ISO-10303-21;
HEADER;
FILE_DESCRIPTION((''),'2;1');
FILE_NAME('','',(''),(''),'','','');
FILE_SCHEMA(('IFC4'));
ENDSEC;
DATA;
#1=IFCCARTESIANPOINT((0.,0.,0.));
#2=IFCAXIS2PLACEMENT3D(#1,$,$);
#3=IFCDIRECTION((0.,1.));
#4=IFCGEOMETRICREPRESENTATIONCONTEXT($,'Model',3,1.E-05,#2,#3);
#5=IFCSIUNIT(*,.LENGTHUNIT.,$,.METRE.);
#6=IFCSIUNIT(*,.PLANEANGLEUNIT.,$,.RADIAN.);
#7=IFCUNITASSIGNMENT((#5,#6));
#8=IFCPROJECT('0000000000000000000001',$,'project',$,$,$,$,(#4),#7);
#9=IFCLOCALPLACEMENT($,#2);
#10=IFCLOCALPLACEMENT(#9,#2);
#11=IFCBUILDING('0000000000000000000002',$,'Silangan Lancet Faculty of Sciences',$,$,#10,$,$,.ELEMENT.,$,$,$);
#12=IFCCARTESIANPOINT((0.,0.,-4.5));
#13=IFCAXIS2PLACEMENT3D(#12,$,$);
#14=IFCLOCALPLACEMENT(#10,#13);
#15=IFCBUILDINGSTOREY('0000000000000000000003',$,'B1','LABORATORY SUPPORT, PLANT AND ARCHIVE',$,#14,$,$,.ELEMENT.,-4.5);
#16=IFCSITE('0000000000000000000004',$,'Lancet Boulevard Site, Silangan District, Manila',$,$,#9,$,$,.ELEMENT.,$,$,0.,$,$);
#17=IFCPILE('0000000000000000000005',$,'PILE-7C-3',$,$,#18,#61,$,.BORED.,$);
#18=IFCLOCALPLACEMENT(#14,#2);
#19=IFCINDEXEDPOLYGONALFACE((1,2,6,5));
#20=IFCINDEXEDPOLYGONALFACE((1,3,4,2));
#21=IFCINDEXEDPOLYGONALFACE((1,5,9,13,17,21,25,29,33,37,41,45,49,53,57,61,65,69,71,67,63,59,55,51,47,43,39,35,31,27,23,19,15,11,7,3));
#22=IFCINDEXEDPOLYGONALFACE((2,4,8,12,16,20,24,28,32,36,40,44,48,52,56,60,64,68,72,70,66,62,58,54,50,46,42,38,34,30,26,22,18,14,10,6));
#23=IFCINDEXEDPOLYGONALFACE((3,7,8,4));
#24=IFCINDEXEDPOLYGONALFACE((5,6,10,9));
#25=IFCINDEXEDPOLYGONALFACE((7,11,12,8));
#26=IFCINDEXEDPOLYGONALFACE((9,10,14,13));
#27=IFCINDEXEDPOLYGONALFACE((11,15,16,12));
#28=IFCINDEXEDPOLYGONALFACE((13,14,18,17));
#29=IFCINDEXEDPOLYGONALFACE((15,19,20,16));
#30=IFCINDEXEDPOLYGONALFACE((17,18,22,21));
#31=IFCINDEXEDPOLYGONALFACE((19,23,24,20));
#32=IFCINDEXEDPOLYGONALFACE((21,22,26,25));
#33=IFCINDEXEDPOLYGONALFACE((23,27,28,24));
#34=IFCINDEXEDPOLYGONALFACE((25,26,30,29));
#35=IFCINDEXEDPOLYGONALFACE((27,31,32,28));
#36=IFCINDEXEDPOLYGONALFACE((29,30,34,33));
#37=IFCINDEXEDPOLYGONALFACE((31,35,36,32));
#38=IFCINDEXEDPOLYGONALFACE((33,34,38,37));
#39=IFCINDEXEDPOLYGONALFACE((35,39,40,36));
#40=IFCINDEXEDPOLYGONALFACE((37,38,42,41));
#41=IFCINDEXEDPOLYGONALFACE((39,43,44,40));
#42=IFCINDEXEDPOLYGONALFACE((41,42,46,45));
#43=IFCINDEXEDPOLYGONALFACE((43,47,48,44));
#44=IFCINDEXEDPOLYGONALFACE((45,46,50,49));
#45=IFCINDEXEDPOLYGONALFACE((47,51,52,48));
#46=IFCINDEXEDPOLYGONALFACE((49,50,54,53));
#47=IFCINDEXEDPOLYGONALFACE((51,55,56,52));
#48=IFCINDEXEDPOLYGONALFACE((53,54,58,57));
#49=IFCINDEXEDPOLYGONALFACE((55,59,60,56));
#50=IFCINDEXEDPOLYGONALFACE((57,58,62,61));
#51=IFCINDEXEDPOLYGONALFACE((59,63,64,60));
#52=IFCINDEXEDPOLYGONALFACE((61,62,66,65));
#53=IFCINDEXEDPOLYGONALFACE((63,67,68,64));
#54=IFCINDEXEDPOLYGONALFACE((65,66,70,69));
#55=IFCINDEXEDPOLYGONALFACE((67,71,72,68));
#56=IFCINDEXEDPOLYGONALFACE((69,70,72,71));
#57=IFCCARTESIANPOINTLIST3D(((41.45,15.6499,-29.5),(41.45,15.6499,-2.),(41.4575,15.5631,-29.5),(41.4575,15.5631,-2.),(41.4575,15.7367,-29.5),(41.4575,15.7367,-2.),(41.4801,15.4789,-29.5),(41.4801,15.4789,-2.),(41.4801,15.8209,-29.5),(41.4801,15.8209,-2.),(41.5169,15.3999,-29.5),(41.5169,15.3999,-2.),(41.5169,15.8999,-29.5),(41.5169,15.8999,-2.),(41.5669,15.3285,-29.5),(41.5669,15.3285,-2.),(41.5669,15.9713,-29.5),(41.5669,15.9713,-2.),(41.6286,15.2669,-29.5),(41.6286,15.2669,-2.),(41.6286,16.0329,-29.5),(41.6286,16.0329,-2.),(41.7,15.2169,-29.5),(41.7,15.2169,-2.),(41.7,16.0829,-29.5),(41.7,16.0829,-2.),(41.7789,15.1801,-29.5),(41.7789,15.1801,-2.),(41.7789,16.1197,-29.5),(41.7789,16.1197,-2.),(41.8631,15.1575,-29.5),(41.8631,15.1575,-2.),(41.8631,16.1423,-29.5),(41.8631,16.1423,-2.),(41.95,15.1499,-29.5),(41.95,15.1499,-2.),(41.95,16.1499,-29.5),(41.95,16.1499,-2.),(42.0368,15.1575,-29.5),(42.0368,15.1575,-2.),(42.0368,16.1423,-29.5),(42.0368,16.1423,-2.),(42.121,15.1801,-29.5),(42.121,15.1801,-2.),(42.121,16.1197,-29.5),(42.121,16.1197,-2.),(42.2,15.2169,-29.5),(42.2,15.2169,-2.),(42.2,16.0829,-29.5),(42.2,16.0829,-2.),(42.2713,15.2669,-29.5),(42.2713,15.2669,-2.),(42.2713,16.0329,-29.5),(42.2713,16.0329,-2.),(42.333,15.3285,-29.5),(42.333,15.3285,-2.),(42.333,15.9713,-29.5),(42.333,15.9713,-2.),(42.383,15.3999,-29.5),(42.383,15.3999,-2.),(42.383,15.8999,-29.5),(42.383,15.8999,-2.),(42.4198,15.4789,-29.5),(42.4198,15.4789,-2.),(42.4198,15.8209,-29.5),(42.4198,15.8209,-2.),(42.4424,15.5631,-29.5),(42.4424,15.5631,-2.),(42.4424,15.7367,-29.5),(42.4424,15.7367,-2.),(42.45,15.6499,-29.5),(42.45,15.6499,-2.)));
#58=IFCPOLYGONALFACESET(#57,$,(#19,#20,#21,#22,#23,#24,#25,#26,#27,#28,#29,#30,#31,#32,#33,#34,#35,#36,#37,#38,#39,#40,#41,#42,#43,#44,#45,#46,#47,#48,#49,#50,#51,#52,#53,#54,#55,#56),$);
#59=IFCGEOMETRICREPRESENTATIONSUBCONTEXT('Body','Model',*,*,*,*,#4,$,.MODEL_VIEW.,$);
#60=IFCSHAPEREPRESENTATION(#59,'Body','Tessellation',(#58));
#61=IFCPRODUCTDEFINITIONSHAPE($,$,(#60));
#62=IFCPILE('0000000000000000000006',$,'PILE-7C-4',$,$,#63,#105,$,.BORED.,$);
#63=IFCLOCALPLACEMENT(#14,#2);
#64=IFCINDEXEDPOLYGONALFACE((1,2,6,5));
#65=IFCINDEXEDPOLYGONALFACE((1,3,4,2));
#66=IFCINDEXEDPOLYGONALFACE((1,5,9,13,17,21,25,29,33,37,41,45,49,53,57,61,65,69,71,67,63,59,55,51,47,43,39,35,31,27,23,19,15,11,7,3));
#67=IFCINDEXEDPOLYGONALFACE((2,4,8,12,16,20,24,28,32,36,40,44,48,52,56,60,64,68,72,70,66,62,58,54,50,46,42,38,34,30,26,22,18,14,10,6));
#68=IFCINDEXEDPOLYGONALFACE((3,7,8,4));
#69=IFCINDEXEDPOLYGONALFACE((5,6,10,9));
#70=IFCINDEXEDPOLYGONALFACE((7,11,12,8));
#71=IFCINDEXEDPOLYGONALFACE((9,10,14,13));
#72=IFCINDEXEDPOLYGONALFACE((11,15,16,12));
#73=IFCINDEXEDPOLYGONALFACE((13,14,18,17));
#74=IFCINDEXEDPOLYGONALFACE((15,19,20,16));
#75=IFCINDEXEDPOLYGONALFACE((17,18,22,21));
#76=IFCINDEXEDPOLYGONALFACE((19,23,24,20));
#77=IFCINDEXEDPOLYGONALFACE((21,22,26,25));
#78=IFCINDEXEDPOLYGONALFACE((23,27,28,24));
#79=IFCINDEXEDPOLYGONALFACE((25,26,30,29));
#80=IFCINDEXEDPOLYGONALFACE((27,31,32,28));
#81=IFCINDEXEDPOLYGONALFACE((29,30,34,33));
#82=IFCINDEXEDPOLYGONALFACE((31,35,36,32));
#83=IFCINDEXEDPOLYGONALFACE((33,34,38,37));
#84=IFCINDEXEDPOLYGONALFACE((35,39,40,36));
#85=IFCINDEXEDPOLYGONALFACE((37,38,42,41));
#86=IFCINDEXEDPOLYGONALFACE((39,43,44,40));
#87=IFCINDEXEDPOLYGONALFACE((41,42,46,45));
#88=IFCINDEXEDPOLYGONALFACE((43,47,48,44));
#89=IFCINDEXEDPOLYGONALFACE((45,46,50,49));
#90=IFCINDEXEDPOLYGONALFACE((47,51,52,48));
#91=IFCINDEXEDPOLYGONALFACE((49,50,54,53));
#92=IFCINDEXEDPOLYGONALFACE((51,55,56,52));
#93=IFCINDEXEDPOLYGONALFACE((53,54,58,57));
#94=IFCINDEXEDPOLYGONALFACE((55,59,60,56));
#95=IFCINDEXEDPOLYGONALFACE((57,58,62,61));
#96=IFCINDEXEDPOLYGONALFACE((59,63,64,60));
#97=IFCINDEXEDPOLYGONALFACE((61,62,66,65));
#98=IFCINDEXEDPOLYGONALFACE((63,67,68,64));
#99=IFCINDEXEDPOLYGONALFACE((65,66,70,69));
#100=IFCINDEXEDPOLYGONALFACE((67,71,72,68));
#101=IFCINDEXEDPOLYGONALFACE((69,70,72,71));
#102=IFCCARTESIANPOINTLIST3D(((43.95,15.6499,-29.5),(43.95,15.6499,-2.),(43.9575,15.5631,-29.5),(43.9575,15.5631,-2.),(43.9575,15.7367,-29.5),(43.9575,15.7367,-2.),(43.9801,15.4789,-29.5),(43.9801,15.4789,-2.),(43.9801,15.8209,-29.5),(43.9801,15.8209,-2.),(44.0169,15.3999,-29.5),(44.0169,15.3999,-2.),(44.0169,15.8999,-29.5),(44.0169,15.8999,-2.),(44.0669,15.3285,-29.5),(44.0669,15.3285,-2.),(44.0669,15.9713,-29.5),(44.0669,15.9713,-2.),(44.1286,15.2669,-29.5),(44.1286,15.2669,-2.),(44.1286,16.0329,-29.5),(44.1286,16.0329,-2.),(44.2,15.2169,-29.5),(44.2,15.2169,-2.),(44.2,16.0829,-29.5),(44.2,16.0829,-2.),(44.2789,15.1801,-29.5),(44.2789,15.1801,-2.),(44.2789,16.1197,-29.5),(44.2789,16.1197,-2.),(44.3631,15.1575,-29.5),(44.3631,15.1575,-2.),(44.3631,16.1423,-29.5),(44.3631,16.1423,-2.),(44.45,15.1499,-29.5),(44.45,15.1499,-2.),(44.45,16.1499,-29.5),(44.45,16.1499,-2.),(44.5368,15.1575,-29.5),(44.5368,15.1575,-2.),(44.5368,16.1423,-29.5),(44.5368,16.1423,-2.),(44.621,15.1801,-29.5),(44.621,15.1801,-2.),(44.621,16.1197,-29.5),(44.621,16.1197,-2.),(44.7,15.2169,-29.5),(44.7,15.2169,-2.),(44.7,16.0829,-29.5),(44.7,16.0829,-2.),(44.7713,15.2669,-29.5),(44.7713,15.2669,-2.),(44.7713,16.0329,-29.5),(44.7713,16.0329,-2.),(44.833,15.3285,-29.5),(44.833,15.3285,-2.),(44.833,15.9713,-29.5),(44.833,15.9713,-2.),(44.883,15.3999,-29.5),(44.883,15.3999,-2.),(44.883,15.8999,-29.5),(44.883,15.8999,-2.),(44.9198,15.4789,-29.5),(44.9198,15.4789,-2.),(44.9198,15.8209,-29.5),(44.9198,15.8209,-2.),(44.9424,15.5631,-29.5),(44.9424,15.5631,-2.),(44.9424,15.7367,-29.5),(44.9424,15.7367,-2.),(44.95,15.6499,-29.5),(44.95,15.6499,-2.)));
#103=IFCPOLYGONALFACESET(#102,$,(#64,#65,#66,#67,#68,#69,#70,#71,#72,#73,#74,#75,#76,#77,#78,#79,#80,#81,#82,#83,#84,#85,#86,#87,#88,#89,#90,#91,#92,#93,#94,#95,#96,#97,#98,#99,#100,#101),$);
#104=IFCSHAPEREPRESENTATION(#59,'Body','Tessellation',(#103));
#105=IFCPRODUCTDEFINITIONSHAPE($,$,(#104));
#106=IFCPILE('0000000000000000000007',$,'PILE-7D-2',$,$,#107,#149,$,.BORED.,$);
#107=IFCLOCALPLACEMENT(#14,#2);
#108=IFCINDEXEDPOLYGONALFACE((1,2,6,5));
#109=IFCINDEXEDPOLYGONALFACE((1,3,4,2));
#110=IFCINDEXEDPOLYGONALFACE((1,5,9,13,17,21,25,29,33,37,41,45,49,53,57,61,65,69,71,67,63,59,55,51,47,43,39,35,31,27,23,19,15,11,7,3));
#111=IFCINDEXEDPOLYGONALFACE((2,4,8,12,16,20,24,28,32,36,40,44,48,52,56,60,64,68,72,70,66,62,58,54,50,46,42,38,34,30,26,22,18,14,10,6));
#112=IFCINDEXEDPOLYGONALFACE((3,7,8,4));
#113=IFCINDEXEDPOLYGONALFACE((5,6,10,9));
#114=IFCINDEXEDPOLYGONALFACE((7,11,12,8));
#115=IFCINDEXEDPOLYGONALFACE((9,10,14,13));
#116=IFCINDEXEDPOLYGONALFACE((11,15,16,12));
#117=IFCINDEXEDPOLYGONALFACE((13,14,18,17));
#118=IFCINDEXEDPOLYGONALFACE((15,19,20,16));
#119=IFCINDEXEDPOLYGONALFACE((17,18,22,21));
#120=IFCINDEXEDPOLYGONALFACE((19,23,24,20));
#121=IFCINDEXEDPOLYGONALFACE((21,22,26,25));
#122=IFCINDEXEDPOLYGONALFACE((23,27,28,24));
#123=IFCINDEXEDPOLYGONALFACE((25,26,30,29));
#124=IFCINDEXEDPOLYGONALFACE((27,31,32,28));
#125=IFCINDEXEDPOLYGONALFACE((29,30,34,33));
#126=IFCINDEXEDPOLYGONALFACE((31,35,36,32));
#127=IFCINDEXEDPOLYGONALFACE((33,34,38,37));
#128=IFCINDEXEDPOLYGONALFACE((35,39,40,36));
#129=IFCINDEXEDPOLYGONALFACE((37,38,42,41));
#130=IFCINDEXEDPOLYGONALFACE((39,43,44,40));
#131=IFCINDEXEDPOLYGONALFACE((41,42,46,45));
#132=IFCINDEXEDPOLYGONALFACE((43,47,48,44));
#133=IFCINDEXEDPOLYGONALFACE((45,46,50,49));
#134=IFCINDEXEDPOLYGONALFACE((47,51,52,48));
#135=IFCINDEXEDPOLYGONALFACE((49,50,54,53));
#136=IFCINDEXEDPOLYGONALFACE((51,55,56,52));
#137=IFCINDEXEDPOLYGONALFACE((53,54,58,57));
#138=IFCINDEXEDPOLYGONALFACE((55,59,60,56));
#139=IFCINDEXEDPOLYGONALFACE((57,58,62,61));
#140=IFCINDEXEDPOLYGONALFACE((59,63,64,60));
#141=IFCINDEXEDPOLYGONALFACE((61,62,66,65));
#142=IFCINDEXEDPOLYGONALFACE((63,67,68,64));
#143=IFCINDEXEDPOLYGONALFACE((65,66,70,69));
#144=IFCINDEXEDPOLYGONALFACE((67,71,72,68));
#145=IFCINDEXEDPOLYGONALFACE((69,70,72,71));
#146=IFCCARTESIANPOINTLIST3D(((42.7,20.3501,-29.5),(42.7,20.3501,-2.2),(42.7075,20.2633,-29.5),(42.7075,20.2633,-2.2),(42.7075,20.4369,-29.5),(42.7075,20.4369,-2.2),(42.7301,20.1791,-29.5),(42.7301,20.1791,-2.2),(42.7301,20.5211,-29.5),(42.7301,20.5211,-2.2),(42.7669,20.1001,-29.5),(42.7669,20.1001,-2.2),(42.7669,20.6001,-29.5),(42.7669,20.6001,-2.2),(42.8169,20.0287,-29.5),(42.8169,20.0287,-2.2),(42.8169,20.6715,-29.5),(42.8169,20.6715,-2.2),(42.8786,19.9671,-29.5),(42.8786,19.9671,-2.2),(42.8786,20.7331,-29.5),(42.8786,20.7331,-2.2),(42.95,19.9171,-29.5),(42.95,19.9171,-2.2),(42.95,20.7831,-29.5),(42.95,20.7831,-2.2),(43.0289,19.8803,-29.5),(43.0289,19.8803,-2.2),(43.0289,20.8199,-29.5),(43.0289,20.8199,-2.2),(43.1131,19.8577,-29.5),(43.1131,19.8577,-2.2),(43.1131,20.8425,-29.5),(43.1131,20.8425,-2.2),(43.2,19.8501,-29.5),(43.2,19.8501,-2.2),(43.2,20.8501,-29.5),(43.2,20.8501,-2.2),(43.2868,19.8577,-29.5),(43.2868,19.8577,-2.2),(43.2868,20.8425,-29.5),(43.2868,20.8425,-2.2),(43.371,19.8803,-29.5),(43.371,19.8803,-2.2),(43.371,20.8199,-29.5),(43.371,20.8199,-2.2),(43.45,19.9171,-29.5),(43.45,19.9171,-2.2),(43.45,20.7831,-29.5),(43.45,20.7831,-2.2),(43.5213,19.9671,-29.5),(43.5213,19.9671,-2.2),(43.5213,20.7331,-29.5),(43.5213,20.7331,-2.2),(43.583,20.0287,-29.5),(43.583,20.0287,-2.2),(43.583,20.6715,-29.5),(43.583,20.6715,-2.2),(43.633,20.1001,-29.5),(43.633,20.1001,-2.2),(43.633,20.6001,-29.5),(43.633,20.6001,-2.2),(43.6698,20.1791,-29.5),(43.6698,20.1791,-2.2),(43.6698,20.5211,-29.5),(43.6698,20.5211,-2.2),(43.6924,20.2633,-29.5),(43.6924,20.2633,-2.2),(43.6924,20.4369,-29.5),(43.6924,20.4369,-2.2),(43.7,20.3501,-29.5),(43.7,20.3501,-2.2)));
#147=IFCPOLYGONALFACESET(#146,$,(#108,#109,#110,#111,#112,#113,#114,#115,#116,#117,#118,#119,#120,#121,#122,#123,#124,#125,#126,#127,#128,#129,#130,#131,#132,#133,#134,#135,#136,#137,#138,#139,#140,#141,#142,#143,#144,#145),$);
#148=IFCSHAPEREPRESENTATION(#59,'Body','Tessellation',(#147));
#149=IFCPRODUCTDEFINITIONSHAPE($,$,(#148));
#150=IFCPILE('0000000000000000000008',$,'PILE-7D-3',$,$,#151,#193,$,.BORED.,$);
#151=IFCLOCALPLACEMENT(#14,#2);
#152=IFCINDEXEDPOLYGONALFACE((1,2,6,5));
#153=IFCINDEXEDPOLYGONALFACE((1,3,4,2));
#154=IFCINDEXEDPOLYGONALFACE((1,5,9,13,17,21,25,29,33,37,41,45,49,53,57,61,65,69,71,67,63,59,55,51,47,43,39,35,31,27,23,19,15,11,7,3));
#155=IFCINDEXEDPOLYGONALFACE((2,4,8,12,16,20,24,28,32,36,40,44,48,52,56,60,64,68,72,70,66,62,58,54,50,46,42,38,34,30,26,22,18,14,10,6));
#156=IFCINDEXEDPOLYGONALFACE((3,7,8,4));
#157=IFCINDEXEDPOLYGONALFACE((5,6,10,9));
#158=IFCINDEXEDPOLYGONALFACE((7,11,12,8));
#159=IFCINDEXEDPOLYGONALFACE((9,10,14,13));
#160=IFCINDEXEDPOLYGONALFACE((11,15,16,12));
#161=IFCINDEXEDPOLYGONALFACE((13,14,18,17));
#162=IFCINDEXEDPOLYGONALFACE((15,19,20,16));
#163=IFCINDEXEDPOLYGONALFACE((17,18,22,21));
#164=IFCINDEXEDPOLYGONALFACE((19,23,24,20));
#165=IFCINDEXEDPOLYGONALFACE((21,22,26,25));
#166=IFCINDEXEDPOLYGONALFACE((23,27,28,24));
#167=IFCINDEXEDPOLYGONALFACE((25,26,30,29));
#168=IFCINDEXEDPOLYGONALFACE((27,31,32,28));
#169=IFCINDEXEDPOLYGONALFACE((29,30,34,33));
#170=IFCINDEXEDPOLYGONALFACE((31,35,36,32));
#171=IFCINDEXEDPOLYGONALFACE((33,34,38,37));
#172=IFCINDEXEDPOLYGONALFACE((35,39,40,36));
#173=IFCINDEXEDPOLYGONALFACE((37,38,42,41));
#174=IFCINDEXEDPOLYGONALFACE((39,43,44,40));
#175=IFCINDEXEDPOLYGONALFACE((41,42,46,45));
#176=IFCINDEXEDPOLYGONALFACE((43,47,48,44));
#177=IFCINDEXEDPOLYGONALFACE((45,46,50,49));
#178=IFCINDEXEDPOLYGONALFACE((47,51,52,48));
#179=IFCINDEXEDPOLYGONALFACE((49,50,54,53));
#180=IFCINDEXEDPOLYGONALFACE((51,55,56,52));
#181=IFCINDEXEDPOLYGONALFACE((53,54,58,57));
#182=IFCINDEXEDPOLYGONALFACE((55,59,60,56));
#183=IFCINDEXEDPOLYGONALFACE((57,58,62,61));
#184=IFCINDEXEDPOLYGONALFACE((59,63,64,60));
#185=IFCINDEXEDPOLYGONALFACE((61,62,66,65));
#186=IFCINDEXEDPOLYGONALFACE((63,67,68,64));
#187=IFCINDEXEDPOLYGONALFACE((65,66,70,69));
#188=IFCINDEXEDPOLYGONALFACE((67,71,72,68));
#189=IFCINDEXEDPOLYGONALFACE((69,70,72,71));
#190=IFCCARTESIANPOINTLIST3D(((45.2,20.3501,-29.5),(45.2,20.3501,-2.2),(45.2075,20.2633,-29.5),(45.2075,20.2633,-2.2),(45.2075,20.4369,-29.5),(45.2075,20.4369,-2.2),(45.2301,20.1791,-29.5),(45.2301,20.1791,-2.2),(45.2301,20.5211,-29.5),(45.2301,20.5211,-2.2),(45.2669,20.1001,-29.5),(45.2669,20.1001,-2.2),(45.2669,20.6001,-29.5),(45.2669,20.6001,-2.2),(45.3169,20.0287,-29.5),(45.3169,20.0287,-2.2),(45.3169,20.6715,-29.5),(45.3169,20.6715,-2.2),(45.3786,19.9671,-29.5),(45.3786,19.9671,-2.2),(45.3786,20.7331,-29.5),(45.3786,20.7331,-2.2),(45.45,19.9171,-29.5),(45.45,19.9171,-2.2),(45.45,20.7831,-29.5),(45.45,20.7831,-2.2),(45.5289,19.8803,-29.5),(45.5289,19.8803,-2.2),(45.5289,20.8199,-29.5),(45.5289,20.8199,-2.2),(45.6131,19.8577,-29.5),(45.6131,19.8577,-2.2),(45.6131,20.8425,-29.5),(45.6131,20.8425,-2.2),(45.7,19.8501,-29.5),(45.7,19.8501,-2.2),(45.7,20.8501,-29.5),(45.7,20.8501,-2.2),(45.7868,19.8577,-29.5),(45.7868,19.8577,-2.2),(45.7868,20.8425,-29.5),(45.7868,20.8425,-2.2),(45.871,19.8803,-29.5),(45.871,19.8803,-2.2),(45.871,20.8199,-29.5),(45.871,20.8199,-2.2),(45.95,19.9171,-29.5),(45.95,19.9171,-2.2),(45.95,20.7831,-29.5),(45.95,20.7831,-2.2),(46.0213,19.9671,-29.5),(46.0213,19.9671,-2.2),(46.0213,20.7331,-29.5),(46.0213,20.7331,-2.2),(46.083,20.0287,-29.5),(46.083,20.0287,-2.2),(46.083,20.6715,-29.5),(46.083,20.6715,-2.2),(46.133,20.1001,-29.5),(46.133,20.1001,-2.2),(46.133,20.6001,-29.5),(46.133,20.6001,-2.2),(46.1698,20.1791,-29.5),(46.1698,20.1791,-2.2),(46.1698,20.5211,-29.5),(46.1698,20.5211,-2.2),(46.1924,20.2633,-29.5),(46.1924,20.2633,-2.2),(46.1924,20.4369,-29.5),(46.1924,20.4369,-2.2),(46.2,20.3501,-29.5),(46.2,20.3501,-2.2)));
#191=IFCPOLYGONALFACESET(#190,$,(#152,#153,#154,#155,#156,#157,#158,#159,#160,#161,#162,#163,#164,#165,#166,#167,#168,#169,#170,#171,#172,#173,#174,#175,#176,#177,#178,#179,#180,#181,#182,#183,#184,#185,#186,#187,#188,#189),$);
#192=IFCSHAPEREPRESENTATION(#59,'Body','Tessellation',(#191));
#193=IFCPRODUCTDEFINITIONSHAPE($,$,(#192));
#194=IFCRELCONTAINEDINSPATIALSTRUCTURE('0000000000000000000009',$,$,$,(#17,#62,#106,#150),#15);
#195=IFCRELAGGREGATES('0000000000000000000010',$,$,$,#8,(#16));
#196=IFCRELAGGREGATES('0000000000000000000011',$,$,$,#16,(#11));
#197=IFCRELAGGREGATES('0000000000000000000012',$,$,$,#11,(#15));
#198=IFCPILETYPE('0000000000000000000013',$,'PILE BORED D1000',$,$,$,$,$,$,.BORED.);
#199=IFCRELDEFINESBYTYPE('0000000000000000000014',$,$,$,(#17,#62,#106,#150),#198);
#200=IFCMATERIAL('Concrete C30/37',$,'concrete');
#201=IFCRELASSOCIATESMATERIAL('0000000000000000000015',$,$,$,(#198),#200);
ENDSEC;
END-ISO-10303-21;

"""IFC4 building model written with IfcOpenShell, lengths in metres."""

from ifc_helpers import new_model, si_unit, direction, frame, origin, origin_2d, place, context, subcontext, project, spatial, circle, extrude, material, material_profile, profile_set, type_object, element, save


model = new_model("IFC4")

# Units and contexts
model_context = context("Model", 3, precision=1e-05, world=origin(), true_north=direction((0.0, 1.0)))
body_context = subcontext(model_context, "Body", "Model", "MODEL_VIEW")
ifc_project = project(units=[si_unit("LENGTHUNIT", "METRE"), si_unit("PLANEANGLEUNIT", "RADIAN")], contexts=[model_context])

# Site, building, storey
site_placement = place(None, origin())
site = spatial("IfcSite", under=ifc_project, at=site_placement, Name="Lancet Boulevard Site, Silangan District, Manila", CompositionType="ELEMENT", RefElevation=0.0)
building_placement = place(site_placement, origin())
building = spatial("IfcBuilding", under=site, at=building_placement, Name="Silangan Lancet Faculty of Sciences", CompositionType="ELEMENT")
storey_placement = place(building_placement, frame((0.0, 0.0, -4.5)))
storey = spatial("IfcBuildingStorey", under=building, at=storey_placement, Name="B1", Description="LABORATORY SUPPORT, PLANT AND ARCHIVE", CompositionType="ELEMENT", Elevation=-4.5)

# Piles
ifc_material_1 = material(Name="Concrete C30/37", Category="concrete")
ifc_material_profile_1 = material_profile(ifc_material_1, circle(Radius=0.5, at=origin_2d()), Name="BORED PILE D1000")
ifc_profile_set_1 = profile_set([ifc_material_profile_1], Name="Concrete C30/37")
pile_type = type_object("IfcPileType", Name="PILE BORED D1000", PredefinedType="BORED", material=ifc_profile_set_1)
for number, where, z_axis, x_axis, name in (
    (1, (41.95, 15.6499, -2.0), (0.0, 0.0, -1.0), (1.0, 0.0, 0.0), "PILE-7C-3"),
    (2, (44.45, 15.6499, -2.0), (0.0, 0.0, -1.0), (1.0, 0.0, 0.0), "PILE-7C-4"),
):
    element("IfcPile", number, at=place(storey_placement, frame(where, z_axis=z_axis, x_axis=x_axis)), inside=storey, type_object=pile_type, Name=name, PredefinedType="BORED", context=body_context, shape_type="SweptSolid", body=[
        extrude(circle(Radius=0.5, at=origin_2d()), origin(), (0.0, 0.0, 1.0), 27.5),
    ])
for number, where, z_axis, x_axis, name in (
    (3, (43.2, 20.3501, -2.2), (0.0, 0.0, -1.0), (1.0, 0.0, 0.0), "PILE-7D-2"),
    (4, (45.7, 20.3501, -2.2), (0.0, 0.0, -1.0), (1.0, 0.0, 0.0), "PILE-7D-3"),
):
    element("IfcPile", number, at=place(storey_placement, frame(where, z_axis=z_axis, x_axis=x_axis)), inside=storey, type_object=pile_type, Name=name, PredefinedType="BORED", context=body_context, shape_type="SweptSolid", body=[
        extrude(circle(Radius=0.5, at=origin_2d()), origin(), (0.0, 0.0, 1.0), 27.3),
    ])

save(model, "model.ifc")
